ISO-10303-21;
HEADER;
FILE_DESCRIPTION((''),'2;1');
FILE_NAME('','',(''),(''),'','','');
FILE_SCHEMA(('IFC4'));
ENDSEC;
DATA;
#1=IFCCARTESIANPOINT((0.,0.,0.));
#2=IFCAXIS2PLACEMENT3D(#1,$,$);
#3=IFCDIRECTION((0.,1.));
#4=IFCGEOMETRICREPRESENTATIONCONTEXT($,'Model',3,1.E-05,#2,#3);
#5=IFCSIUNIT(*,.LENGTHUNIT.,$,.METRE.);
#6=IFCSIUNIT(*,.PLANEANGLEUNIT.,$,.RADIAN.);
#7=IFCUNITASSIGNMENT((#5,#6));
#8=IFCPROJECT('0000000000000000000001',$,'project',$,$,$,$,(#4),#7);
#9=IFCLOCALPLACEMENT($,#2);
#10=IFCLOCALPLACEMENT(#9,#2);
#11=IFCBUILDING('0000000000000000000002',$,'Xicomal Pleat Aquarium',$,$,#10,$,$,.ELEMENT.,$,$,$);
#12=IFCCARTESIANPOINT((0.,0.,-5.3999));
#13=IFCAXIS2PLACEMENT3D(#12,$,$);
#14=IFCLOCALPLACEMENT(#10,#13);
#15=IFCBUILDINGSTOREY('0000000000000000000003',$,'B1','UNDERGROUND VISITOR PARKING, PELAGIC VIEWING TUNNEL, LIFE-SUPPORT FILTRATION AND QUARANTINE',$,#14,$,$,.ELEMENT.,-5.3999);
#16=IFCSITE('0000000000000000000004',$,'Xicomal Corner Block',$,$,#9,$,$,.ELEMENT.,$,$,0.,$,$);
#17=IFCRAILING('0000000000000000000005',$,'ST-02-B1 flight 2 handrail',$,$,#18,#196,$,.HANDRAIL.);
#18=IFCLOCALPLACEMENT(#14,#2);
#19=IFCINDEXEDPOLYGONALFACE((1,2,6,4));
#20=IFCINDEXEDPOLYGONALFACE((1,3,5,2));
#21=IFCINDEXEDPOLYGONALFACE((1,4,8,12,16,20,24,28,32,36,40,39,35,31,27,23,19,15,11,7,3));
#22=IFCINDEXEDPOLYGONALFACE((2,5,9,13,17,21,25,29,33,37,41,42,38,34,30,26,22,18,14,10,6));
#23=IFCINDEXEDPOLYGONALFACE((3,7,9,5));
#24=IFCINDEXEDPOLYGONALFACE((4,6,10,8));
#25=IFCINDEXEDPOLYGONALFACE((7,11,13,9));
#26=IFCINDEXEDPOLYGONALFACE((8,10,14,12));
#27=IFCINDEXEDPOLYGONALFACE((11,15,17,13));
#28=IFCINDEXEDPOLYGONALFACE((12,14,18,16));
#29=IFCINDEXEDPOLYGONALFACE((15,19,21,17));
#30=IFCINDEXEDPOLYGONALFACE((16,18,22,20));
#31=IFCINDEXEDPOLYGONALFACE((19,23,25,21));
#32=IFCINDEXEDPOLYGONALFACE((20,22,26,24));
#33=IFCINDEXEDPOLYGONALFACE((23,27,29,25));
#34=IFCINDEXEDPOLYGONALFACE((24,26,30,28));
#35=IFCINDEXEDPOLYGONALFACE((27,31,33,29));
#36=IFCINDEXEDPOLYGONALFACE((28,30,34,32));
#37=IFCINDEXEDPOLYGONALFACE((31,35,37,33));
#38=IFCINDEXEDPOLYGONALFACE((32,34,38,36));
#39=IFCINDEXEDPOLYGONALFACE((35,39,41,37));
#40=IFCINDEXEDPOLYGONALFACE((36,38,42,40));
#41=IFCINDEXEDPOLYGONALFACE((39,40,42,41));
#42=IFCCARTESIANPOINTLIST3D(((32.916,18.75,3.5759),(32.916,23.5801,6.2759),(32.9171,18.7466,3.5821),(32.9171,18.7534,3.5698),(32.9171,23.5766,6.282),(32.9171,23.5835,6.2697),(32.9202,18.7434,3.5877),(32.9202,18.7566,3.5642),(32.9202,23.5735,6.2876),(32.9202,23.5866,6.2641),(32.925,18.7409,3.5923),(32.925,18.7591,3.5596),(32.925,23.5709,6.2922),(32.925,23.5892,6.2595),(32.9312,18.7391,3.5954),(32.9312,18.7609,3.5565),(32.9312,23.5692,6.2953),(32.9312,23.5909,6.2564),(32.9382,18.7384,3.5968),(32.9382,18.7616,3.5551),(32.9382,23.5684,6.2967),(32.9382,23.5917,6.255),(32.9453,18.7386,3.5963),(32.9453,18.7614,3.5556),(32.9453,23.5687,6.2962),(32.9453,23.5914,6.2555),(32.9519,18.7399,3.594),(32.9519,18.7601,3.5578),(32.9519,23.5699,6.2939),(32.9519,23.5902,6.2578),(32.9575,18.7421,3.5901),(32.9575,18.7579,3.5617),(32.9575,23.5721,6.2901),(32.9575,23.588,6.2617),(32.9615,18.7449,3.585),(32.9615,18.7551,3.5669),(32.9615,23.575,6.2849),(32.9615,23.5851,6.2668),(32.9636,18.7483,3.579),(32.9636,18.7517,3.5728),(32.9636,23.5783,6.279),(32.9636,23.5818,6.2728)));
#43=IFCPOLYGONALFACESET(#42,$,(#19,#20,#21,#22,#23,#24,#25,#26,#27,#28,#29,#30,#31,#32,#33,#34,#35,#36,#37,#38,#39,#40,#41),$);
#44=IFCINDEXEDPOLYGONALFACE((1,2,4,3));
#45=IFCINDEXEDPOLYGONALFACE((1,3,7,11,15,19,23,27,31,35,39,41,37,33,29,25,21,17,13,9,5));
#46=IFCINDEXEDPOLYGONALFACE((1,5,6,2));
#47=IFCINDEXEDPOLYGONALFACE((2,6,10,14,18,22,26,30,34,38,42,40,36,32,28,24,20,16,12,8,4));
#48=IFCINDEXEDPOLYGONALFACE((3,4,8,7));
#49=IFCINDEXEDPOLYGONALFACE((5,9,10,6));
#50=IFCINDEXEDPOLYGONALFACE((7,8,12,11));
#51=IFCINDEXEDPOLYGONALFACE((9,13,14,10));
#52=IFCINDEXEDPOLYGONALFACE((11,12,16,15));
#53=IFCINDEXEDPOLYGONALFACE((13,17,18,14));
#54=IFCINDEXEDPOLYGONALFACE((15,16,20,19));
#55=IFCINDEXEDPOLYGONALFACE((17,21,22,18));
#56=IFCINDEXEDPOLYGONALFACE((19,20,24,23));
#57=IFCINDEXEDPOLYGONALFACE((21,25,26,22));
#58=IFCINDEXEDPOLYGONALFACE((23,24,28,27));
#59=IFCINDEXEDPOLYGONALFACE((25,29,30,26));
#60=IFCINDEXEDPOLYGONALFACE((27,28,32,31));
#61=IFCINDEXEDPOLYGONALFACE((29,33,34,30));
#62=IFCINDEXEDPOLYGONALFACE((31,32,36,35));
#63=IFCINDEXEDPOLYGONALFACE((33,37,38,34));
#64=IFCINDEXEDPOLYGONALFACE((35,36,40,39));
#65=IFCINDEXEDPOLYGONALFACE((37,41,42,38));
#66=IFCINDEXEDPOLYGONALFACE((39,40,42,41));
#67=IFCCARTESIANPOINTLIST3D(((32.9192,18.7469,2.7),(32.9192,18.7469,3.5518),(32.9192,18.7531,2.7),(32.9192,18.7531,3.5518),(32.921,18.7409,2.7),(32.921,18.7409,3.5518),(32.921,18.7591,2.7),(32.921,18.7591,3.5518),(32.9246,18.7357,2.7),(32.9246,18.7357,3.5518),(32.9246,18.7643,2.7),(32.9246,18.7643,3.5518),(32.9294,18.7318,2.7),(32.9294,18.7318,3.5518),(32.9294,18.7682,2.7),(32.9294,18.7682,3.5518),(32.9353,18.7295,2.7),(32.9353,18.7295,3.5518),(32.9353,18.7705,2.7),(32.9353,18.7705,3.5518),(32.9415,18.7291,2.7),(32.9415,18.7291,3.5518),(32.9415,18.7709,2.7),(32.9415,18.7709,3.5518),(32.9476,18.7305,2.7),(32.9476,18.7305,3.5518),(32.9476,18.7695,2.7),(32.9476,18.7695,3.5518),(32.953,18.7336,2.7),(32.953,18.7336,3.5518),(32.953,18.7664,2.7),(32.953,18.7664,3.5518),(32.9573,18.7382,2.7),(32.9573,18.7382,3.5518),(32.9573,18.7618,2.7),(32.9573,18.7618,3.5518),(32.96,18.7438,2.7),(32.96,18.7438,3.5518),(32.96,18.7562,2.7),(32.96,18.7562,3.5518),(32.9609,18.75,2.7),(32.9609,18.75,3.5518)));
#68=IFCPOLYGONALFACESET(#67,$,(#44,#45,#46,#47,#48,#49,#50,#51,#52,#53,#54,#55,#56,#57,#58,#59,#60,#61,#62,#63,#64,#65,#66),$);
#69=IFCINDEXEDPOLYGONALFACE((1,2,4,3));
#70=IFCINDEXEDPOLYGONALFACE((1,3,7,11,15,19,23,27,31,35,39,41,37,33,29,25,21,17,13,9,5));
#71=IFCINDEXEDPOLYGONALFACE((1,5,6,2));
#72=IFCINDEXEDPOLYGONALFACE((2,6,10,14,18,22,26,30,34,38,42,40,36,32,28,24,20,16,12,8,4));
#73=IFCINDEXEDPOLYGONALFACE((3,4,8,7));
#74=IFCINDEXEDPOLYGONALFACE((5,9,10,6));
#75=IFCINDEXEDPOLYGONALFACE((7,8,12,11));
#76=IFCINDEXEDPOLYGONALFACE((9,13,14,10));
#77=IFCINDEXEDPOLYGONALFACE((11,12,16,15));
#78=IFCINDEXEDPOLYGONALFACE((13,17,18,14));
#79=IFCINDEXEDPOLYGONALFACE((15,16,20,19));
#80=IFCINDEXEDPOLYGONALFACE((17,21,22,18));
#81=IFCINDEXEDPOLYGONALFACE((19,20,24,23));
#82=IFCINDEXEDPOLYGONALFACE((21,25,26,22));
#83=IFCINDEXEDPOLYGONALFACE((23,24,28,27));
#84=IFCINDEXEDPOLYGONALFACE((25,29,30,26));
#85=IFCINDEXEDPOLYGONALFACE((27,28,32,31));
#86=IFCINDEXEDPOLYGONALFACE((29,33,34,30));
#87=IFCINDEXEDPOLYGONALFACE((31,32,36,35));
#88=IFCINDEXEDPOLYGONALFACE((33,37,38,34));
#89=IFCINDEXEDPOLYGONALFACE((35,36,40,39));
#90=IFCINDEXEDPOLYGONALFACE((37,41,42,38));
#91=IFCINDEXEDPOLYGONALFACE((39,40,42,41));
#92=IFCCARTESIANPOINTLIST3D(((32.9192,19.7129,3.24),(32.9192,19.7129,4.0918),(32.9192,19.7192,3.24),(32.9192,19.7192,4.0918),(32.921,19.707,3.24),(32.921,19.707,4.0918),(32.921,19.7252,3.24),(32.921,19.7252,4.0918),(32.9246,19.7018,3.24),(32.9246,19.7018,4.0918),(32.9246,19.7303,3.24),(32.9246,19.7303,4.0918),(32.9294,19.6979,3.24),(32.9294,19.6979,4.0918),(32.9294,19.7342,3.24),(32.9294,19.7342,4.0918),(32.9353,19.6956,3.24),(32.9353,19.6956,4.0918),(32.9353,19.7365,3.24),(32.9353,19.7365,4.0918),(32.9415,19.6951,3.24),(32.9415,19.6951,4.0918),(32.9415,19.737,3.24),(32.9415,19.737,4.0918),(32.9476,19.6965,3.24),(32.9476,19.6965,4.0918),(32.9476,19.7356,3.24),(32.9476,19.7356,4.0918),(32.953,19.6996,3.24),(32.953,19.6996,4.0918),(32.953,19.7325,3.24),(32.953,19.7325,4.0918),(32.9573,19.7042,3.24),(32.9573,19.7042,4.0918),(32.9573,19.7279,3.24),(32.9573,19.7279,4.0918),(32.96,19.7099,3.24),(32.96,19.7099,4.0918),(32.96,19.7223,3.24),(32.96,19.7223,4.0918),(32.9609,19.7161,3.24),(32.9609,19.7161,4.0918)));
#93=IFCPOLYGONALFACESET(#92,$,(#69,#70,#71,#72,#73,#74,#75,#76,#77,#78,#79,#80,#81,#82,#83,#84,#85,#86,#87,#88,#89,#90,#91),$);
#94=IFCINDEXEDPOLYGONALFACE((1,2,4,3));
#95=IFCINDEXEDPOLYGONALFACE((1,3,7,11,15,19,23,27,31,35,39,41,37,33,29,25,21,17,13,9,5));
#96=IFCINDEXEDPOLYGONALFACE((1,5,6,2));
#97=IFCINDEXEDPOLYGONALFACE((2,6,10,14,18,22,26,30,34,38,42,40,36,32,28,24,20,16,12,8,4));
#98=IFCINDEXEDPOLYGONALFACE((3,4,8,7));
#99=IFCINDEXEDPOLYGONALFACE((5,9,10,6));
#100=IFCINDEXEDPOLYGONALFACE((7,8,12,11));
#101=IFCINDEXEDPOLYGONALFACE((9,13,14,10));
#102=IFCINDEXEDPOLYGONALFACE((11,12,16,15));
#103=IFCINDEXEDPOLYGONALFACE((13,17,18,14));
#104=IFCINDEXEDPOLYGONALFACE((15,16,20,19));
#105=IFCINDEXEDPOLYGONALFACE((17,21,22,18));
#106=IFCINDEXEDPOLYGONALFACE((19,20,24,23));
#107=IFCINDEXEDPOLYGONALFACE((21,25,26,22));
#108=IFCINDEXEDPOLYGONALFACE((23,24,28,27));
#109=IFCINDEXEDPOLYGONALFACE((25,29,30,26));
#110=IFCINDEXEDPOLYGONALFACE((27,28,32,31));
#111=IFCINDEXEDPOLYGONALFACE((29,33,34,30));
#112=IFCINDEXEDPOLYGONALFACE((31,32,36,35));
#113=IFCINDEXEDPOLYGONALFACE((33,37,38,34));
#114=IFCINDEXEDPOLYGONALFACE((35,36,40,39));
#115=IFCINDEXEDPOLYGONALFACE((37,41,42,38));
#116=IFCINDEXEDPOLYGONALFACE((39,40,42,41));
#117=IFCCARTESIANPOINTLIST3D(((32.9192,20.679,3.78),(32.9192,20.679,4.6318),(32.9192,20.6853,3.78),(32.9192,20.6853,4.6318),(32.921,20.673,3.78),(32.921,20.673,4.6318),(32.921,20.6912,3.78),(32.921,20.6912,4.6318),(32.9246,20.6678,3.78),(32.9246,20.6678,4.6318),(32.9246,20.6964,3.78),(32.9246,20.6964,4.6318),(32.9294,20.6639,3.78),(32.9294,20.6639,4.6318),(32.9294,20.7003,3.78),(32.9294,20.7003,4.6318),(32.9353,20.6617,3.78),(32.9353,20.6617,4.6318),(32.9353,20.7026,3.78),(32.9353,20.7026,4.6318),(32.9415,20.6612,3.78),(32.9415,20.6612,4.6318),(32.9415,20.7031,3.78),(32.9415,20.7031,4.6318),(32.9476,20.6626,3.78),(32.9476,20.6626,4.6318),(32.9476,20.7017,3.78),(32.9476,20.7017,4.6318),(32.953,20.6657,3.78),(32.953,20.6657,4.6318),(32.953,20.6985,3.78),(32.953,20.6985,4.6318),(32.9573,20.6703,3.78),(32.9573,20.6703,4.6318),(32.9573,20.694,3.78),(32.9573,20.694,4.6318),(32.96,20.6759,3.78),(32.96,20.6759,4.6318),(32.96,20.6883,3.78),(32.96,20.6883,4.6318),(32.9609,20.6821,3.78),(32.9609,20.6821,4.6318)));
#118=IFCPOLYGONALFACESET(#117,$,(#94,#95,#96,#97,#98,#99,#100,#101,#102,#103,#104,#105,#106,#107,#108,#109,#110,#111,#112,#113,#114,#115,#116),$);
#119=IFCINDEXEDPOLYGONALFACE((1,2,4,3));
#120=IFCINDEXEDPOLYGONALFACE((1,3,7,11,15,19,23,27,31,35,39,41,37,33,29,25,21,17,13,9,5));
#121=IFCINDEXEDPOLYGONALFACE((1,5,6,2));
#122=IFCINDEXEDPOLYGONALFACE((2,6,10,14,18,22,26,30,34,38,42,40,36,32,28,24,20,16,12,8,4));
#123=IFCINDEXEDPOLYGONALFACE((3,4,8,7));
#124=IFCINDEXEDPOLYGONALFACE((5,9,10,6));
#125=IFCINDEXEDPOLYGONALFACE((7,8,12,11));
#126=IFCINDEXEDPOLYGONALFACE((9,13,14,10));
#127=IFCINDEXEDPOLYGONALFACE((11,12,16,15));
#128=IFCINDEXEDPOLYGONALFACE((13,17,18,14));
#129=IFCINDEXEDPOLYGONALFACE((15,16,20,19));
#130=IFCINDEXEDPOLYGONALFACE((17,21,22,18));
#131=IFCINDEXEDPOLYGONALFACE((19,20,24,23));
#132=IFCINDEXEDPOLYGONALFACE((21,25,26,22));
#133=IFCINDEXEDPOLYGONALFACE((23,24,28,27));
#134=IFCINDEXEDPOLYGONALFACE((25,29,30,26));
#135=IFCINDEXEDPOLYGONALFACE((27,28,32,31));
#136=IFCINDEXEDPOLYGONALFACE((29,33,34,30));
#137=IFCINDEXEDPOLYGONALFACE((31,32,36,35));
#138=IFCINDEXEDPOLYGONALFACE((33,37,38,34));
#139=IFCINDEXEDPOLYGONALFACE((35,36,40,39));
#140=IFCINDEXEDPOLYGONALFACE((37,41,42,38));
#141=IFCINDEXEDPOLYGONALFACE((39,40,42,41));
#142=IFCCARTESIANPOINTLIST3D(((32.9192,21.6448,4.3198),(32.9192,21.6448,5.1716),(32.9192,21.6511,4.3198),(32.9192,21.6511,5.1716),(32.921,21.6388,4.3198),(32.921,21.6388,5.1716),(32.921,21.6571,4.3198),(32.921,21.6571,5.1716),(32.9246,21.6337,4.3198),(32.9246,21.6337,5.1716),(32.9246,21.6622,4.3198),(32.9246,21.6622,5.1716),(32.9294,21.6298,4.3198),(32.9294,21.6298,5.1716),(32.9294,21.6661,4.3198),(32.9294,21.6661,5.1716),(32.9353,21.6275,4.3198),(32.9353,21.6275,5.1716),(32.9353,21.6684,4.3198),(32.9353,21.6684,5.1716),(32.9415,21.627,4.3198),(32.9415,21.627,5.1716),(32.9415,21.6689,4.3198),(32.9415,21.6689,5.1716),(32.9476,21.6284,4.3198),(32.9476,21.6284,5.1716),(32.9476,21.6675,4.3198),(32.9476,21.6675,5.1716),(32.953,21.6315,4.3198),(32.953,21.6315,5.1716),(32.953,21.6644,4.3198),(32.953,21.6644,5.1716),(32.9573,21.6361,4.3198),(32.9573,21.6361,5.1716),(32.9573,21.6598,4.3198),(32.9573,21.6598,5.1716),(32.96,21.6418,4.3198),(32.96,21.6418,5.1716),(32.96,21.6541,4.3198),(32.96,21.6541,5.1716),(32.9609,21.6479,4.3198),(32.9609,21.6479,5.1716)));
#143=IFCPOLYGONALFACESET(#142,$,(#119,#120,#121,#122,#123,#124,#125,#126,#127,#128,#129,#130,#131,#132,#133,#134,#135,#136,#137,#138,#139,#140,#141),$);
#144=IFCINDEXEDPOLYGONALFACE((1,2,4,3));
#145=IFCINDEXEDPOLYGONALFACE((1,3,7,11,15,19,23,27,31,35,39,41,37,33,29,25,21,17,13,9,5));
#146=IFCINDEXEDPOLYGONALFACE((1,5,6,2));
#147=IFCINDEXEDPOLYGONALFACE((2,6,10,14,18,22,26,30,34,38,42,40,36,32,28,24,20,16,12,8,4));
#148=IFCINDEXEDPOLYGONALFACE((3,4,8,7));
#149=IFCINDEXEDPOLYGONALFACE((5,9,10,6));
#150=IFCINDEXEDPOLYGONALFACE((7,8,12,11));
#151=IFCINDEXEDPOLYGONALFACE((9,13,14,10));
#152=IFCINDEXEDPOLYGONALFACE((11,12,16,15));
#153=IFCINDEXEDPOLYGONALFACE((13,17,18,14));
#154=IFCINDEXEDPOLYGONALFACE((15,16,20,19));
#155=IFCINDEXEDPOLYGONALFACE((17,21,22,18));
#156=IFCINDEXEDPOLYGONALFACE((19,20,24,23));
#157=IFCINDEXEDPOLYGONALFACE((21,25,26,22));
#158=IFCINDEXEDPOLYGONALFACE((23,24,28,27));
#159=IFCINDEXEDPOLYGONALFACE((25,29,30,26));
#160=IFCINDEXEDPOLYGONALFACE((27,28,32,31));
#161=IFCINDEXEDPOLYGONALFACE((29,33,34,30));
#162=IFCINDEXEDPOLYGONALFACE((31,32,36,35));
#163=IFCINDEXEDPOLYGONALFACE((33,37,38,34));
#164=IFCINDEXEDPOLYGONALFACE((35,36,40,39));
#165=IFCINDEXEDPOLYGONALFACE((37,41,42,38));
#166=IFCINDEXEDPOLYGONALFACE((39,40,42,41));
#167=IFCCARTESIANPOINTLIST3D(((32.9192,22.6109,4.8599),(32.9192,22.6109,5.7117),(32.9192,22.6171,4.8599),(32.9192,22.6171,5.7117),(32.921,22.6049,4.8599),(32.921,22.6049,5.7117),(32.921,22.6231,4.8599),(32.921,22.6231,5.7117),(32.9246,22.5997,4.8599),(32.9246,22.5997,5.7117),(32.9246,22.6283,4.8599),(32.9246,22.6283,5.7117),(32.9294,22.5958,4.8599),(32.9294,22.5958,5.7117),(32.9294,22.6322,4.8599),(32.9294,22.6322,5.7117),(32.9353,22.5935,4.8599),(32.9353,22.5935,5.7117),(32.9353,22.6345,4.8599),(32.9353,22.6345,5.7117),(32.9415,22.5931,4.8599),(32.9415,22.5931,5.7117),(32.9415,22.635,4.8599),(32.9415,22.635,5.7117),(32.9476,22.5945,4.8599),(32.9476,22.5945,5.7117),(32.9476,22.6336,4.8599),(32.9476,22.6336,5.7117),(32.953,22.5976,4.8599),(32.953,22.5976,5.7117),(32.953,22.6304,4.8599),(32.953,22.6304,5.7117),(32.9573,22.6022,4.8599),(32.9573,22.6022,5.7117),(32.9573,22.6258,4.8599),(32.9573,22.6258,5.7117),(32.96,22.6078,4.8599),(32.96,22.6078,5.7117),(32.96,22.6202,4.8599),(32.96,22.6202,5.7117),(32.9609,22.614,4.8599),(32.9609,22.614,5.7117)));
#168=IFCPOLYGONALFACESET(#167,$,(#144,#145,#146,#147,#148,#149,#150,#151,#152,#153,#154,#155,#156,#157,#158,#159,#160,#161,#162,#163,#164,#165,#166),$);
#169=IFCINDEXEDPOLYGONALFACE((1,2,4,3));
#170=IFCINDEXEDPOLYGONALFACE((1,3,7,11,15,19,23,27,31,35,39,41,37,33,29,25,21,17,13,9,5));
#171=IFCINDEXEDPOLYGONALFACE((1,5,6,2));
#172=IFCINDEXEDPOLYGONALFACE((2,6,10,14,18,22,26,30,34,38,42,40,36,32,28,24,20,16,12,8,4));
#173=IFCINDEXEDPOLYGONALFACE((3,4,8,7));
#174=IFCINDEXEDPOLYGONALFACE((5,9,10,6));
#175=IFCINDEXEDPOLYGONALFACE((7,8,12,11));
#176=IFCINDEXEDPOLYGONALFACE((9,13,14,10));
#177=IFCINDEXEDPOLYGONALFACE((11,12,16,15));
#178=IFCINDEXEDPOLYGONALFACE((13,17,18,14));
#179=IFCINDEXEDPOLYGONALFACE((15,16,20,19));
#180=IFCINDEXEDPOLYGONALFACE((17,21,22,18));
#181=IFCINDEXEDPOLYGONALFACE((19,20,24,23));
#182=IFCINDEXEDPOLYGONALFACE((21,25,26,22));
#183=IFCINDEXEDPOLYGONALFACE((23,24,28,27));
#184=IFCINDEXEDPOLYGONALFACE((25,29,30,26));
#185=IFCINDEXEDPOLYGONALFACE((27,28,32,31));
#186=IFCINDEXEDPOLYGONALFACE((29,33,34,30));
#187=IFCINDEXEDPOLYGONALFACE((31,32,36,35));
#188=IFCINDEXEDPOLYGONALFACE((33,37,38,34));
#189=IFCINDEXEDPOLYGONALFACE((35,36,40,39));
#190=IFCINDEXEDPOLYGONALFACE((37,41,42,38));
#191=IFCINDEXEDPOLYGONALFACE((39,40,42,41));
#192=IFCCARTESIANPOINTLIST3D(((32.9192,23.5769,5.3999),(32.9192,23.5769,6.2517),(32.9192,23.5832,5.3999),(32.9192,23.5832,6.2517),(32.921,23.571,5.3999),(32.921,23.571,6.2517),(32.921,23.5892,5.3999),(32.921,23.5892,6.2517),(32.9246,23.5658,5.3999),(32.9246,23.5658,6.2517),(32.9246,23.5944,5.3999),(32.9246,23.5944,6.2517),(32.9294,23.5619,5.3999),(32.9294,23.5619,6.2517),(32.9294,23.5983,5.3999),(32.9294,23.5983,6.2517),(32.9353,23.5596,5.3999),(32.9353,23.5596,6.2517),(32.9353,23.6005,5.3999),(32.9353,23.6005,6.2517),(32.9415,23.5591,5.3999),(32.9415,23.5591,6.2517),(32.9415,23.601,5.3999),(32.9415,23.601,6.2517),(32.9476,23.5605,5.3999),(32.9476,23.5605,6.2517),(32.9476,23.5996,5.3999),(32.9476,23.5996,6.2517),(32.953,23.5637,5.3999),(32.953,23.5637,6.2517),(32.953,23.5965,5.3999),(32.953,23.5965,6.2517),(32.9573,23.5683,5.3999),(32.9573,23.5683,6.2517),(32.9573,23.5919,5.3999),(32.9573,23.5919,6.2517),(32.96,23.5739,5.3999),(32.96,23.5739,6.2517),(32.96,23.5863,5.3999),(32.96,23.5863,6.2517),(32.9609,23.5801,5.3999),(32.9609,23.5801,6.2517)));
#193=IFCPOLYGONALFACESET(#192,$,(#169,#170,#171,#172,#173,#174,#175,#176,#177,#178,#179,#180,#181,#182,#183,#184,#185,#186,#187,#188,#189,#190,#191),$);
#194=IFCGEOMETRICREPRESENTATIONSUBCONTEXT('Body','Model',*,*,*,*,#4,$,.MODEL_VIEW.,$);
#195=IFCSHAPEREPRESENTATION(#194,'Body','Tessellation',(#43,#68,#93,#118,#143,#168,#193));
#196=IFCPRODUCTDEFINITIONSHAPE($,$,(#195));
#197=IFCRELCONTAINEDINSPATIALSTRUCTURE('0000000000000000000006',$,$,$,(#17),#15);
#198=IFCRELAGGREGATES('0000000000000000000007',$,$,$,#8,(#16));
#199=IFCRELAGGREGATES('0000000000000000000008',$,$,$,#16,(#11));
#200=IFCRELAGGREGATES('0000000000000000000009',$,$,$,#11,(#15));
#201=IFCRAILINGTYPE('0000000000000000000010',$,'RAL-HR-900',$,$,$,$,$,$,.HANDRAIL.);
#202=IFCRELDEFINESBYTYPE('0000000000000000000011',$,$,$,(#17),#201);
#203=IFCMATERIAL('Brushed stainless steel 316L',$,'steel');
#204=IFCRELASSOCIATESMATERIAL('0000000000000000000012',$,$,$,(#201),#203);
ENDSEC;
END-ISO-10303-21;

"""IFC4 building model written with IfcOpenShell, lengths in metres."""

from ifc_helpers import new_model, si_unit, direction, frame, origin, origin_2d, place, context, subcontext, project, spatial, circle, extrude, material, type_object, element, save


model = new_model("IFC4")

# Units and contexts
model_context = context("Model", 3, precision=1e-05, world=origin(), true_north=direction((0.0, 1.0)))
body_context = subcontext(model_context, "Body", "Model", "MODEL_VIEW")
ifc_project = project(units=[si_unit("LENGTHUNIT", "METRE"), si_unit("PLANEANGLEUNIT", "RADIAN")], contexts=[model_context])

# Site, building, storey
site_placement = place(None, origin())
site = spatial("IfcSite", under=ifc_project, at=site_placement, Name="Xicomal Corner Block", CompositionType="ELEMENT", RefElevation=0.0)
building_placement = place(site_placement, origin())
building = spatial("IfcBuilding", under=site, at=building_placement, Name="Xicomal Pleat Aquarium", CompositionType="ELEMENT")
storey_placement = place(building_placement, frame((0.0, 0.0, -5.3999)))
storey = spatial("IfcBuildingStorey", under=building, at=storey_placement, Name="B1", Description="UNDERGROUND VISITOR PARKING, PELAGIC VIEWING TUNNEL, LIFE-SUPPORT FILTRATION AND QUARANTINE", CompositionType="ELEMENT", Elevation=-5.3999)

# Railing
ifc_material_1 = material(Name="Brushed stainless steel 316L", Category="steel")
railing_type = type_object("IfcRailingType", Name="RAL-HR-900", PredefinedType="HANDRAIL", material=ifc_material_1)
railing_placement = place(storey_placement, frame((32.9399, 18.75, 2.7)))
element("IfcRailing", 1, at=railing_placement, inside=storey, type_object=railing_type, Name="ST-02-B1 flight 2 handrail", PredefinedType="HANDRAIL", context=body_context, shape_type="SweptSolid", body=[
    extrude(circle(Radius=0.0239, at=origin_2d()), frame((0.0, 0.0, 0.876), z_axis=(0.0, 0.872883, 0.48793), x_axis=(-1.0, 0.0, 0.0)), (0.0, 0.0, 1.0), 5.5334),
    extrude(circle(Radius=0.021, at=origin_2d()), origin(), (0.0, 0.0, 1.0), 0.8518),
    extrude(circle(Radius=0.021, at=origin_2d()), frame((0.0, 0.9661, 0.54)), (0.0, 0.0, 1.0), 0.8518),
    extrude(circle(Radius=0.021, at=origin_2d()), frame((0.0, 1.9321, 1.0801)), (0.0, 0.0, 1.0), 0.8518),
    extrude(circle(Radius=0.021, at=origin_2d()), frame((0.0, 2.8979, 1.6199)), (0.0, 0.0, 1.0), 0.8518),
    extrude(circle(Radius=0.021, at=origin_2d()), frame((0.0, 3.864, 2.1599)), (0.0, 0.0, 1.0), 0.8518),
    extrude(circle(Radius=0.021, at=origin_2d()), frame((0.0, 4.8301, 2.7)), (0.0, 0.0, 1.0), 0.8518),
])

save(model, "model.ifc")
